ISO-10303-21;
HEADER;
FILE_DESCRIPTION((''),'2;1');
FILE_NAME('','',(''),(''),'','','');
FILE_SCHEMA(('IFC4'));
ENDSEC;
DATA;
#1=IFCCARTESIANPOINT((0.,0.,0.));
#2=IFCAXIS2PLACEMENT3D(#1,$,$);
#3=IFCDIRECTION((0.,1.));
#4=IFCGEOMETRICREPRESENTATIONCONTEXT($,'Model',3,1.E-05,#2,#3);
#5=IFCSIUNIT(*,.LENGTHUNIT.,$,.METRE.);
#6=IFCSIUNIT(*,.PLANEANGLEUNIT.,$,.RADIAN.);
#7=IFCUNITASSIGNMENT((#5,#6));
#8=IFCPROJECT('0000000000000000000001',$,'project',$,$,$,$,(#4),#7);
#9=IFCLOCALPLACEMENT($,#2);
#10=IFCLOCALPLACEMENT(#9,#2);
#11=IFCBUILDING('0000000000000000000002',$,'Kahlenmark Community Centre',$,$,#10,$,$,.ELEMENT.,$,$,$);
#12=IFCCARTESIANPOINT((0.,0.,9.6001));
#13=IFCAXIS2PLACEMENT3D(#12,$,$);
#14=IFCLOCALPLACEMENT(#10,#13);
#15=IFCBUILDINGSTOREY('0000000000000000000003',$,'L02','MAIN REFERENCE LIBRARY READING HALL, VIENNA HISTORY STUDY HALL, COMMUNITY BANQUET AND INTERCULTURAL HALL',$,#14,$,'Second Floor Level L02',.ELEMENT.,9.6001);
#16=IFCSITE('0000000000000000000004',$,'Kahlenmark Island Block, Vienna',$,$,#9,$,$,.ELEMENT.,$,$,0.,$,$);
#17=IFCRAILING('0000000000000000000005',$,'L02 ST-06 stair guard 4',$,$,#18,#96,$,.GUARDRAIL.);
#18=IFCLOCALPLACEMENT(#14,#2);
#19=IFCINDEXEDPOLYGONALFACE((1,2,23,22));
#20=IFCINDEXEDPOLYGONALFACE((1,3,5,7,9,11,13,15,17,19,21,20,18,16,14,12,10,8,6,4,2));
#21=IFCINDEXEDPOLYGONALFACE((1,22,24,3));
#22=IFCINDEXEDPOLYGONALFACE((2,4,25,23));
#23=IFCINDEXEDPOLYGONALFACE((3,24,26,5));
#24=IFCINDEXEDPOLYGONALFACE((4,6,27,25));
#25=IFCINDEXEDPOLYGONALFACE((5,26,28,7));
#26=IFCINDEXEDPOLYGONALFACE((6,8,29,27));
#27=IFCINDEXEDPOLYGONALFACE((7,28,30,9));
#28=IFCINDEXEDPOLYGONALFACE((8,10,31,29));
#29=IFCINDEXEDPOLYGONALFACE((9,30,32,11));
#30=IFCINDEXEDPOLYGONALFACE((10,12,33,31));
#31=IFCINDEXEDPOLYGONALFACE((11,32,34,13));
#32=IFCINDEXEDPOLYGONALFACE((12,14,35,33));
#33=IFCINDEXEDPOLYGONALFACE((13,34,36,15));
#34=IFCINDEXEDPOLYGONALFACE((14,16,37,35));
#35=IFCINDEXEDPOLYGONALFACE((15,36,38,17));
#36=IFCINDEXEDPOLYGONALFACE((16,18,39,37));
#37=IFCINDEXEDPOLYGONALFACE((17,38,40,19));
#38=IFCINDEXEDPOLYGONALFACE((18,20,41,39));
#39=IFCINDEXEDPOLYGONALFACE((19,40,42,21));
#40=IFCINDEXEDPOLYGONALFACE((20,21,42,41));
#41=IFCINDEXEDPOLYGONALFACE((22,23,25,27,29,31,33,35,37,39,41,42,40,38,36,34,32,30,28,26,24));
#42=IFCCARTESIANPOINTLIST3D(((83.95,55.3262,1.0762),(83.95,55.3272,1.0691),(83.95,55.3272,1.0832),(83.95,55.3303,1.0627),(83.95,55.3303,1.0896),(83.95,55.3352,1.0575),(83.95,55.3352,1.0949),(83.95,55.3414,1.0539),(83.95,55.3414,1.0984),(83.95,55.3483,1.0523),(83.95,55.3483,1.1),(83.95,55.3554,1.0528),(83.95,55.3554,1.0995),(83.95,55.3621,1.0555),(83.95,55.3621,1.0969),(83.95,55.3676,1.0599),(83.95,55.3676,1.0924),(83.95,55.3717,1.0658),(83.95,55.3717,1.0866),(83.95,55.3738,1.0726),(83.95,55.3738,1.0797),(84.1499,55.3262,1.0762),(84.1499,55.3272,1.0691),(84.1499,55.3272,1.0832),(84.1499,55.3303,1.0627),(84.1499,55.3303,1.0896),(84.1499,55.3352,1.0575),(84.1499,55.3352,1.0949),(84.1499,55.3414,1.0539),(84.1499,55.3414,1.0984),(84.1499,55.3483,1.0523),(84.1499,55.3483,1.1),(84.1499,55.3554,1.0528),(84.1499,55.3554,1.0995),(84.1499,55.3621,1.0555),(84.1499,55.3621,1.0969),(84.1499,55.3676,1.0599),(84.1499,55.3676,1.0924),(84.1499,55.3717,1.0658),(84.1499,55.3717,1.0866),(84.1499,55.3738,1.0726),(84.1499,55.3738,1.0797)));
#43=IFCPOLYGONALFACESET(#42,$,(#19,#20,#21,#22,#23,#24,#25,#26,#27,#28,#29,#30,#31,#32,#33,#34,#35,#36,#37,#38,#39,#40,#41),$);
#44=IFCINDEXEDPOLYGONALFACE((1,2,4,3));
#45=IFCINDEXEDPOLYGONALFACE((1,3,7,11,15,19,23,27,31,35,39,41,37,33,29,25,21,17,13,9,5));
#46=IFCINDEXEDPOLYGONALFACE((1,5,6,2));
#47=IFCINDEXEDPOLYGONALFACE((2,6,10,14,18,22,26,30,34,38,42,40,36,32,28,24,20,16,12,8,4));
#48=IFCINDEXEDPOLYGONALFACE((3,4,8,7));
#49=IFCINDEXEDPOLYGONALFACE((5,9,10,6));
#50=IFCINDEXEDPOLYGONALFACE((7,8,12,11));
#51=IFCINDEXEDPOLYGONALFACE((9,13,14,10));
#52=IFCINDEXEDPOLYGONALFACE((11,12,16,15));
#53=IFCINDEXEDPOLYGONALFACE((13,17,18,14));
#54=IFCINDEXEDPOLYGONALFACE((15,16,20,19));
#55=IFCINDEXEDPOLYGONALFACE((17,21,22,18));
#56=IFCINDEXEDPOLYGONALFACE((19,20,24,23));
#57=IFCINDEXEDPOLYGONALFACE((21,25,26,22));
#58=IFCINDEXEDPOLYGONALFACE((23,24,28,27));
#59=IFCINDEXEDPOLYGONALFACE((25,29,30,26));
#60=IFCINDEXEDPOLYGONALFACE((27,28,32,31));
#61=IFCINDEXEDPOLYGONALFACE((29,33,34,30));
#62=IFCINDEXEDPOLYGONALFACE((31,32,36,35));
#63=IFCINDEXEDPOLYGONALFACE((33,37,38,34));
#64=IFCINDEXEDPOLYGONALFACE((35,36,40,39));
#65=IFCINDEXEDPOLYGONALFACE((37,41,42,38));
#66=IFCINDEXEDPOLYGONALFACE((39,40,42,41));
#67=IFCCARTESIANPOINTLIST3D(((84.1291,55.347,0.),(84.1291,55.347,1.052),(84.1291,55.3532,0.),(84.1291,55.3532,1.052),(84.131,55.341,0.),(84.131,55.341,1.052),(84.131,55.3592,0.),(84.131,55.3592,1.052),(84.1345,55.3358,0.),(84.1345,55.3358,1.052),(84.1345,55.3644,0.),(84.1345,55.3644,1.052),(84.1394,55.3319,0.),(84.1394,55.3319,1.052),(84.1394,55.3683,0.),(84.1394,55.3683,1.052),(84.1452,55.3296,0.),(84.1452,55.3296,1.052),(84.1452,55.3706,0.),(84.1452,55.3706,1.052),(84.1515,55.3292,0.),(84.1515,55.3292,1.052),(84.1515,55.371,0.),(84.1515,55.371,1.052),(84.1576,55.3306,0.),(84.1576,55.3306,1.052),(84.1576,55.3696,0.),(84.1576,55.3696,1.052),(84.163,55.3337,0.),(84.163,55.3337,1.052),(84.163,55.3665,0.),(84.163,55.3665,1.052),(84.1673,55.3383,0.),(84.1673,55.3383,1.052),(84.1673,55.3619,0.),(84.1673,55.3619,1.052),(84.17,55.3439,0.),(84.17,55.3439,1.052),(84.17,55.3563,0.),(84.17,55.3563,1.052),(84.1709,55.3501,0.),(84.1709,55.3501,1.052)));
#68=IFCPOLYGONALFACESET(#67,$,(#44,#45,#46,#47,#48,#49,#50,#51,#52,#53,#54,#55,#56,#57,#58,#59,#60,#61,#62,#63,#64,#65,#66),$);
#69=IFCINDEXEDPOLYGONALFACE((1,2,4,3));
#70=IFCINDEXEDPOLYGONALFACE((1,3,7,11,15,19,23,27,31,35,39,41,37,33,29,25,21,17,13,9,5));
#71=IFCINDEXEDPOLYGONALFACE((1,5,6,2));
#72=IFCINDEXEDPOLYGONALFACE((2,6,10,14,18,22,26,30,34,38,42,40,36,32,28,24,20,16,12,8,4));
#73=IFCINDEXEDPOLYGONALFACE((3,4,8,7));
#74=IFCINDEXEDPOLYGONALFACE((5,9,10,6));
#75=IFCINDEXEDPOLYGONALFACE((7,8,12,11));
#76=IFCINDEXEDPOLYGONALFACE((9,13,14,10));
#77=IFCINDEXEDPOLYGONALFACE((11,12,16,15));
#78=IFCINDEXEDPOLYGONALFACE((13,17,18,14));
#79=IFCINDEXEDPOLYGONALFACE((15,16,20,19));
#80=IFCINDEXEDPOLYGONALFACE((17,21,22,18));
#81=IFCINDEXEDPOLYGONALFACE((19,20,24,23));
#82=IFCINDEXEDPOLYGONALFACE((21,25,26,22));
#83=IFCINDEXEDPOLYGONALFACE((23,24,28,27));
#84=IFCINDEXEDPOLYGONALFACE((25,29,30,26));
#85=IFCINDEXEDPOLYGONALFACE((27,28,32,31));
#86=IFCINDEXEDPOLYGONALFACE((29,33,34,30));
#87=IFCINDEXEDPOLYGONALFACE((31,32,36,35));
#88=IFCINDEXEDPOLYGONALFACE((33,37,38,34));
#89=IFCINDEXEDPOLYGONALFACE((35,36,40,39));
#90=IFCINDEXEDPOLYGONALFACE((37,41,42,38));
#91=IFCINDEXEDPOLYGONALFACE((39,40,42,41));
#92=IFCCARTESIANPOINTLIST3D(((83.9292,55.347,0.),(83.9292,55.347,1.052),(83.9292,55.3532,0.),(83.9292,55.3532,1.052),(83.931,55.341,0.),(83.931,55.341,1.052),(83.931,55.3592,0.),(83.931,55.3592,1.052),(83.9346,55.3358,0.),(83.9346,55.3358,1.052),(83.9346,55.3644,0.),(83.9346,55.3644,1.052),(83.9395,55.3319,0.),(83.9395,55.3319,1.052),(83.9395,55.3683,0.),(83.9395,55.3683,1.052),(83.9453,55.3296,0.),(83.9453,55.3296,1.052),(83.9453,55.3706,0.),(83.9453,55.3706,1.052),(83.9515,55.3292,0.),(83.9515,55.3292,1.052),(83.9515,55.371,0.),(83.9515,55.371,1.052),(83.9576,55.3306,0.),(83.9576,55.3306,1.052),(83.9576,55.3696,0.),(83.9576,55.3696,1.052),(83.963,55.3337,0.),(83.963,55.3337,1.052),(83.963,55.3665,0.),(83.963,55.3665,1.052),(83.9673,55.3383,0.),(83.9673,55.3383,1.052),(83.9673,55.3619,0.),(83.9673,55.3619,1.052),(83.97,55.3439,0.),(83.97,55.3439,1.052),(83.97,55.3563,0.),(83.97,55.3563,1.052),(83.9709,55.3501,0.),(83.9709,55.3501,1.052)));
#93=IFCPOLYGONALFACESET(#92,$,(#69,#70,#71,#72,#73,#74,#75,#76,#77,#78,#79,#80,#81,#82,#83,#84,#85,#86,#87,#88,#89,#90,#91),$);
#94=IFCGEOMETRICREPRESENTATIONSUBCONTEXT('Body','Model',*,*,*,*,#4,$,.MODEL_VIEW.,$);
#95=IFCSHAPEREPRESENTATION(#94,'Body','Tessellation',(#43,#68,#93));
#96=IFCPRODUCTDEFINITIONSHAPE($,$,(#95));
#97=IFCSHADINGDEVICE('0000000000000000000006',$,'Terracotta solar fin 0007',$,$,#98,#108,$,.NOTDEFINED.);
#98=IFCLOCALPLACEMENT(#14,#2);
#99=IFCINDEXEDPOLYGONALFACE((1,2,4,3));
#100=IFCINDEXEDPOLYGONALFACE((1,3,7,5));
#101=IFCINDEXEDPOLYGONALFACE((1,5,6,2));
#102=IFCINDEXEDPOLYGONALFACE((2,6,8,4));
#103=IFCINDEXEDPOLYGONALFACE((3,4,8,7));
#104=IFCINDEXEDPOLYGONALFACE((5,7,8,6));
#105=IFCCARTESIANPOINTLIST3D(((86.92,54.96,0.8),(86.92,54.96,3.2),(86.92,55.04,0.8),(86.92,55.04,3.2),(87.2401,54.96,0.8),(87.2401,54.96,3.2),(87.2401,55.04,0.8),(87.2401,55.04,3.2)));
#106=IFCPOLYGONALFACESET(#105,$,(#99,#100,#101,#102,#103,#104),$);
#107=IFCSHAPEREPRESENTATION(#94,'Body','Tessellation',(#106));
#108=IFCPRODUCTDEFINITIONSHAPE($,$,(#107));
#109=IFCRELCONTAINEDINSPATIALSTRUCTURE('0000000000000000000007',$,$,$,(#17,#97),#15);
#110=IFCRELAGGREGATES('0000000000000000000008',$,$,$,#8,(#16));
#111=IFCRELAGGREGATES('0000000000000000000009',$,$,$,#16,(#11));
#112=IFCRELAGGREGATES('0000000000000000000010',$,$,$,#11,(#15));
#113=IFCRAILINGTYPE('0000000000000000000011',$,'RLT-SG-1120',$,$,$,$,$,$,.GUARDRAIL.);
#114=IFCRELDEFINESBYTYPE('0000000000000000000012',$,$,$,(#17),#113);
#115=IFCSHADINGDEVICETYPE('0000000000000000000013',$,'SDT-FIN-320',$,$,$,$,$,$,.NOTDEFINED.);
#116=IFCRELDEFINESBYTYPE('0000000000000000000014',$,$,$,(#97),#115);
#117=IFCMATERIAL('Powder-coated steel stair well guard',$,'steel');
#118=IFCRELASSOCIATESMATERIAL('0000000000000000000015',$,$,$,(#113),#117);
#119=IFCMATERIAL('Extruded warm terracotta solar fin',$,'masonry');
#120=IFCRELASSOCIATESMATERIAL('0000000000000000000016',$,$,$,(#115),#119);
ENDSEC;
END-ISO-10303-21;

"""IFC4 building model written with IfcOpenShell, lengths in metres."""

from ifc_helpers import new_model, si_unit, direction, frame, origin, origin_2d, place, context, subcontext, project, spatial, rectangle, circle, extrude, material, type_object, element, save


model = new_model("IFC4")

# Units and contexts
model_context = context("Model", 3, precision=1e-05, world=origin(), true_north=direction((0.0, 1.0)))
body_context = subcontext(model_context, "Body", "Model", "MODEL_VIEW")
ifc_project = project(units=[si_unit("LENGTHUNIT", "METRE"), si_unit("PLANEANGLEUNIT", "RADIAN")], contexts=[model_context])

# Site, building, storey
site_placement = place(None, origin())
site = spatial("IfcSite", under=ifc_project, at=site_placement, Name="Kahlenmark Island Block, Vienna", CompositionType="ELEMENT", RefElevation=0.0)
building_placement = place(site_placement, origin())
building = spatial("IfcBuilding", under=site, at=building_placement, Name="Kahlenmark Community Centre", CompositionType="ELEMENT")
storey_placement = place(building_placement, frame((0.0, 0.0, 9.6001)))
storey = spatial("IfcBuildingStorey", under=building, at=storey_placement, Name="L02", Description="MAIN REFERENCE LIBRARY READING HALL, VIENNA HISTORY STUDY HALL, COMMUNITY BANQUET AND INTERCULTURAL HALL", LongName="Second Floor Level L02", CompositionType="ELEMENT", Elevation=9.6001)

# Railing
ifc_material_1 = material(Name="Powder-coated steel stair well guard", Category="steel")
railing_type_1 = type_object("IfcRailingType", Name="RLT-SG-1120", PredefinedType="GUARDRAIL", material=ifc_material_1)
railing_1_placement = place(storey_placement, frame((84.1499, 55.3501, 0.0)))
element("IfcRailing", 1, at=railing_1_placement, inside=storey, type_object=railing_type_1, Name="L02 ST-06 stair guard 4", PredefinedType="GUARDRAIL", context=body_context, shape_type="SweptSolid", body=[
    extrude(circle(Radius=0.0239, at=origin_2d()), frame((0.0, 0.0, 1.0762), z_axis=(-1.0, 0.0, 0.0), x_axis=(0.0, -1.0, 0.0)), (0.0, 0.0, 1.0), 0.2),
    extrude(circle(Radius=0.021, at=origin_2d()), origin(), (0.0, 0.0, 1.0), 1.052),
    extrude(circle(Radius=0.021, at=origin_2d()), frame((-0.2, 0.0, 0.0)), (0.0, 0.0, 1.0), 1.052),
])

# Shading device
ifc_material_2 = material(Name="Extruded warm terracotta solar fin", Category="masonry")
shading_device_type = type_object("IfcShadingDeviceType", Name="SDT-FIN-320", PredefinedType="NOTDEFINED", material=ifc_material_2)
shading_device_placement = place(storey_placement, frame((87.0801, 55.0, 0.8), z_axis=(0.0, 0.0, 1.0), x_axis=(0.0, 1.0, 0.0)))
element("IfcShadingDevice", 2, at=shading_device_placement, inside=storey, type_object=shading_device_type, Name="Terracotta solar fin 0007", PredefinedType="NOTDEFINED", context=body_context, shape_type="SweptSolid", body=[
    extrude(rectangle(XDim=0.0801, YDim=0.3201, at=origin_2d()), origin(), (0.0, 0.0, 1.0), 2.3999),
])

save(model, "model.ifc")
